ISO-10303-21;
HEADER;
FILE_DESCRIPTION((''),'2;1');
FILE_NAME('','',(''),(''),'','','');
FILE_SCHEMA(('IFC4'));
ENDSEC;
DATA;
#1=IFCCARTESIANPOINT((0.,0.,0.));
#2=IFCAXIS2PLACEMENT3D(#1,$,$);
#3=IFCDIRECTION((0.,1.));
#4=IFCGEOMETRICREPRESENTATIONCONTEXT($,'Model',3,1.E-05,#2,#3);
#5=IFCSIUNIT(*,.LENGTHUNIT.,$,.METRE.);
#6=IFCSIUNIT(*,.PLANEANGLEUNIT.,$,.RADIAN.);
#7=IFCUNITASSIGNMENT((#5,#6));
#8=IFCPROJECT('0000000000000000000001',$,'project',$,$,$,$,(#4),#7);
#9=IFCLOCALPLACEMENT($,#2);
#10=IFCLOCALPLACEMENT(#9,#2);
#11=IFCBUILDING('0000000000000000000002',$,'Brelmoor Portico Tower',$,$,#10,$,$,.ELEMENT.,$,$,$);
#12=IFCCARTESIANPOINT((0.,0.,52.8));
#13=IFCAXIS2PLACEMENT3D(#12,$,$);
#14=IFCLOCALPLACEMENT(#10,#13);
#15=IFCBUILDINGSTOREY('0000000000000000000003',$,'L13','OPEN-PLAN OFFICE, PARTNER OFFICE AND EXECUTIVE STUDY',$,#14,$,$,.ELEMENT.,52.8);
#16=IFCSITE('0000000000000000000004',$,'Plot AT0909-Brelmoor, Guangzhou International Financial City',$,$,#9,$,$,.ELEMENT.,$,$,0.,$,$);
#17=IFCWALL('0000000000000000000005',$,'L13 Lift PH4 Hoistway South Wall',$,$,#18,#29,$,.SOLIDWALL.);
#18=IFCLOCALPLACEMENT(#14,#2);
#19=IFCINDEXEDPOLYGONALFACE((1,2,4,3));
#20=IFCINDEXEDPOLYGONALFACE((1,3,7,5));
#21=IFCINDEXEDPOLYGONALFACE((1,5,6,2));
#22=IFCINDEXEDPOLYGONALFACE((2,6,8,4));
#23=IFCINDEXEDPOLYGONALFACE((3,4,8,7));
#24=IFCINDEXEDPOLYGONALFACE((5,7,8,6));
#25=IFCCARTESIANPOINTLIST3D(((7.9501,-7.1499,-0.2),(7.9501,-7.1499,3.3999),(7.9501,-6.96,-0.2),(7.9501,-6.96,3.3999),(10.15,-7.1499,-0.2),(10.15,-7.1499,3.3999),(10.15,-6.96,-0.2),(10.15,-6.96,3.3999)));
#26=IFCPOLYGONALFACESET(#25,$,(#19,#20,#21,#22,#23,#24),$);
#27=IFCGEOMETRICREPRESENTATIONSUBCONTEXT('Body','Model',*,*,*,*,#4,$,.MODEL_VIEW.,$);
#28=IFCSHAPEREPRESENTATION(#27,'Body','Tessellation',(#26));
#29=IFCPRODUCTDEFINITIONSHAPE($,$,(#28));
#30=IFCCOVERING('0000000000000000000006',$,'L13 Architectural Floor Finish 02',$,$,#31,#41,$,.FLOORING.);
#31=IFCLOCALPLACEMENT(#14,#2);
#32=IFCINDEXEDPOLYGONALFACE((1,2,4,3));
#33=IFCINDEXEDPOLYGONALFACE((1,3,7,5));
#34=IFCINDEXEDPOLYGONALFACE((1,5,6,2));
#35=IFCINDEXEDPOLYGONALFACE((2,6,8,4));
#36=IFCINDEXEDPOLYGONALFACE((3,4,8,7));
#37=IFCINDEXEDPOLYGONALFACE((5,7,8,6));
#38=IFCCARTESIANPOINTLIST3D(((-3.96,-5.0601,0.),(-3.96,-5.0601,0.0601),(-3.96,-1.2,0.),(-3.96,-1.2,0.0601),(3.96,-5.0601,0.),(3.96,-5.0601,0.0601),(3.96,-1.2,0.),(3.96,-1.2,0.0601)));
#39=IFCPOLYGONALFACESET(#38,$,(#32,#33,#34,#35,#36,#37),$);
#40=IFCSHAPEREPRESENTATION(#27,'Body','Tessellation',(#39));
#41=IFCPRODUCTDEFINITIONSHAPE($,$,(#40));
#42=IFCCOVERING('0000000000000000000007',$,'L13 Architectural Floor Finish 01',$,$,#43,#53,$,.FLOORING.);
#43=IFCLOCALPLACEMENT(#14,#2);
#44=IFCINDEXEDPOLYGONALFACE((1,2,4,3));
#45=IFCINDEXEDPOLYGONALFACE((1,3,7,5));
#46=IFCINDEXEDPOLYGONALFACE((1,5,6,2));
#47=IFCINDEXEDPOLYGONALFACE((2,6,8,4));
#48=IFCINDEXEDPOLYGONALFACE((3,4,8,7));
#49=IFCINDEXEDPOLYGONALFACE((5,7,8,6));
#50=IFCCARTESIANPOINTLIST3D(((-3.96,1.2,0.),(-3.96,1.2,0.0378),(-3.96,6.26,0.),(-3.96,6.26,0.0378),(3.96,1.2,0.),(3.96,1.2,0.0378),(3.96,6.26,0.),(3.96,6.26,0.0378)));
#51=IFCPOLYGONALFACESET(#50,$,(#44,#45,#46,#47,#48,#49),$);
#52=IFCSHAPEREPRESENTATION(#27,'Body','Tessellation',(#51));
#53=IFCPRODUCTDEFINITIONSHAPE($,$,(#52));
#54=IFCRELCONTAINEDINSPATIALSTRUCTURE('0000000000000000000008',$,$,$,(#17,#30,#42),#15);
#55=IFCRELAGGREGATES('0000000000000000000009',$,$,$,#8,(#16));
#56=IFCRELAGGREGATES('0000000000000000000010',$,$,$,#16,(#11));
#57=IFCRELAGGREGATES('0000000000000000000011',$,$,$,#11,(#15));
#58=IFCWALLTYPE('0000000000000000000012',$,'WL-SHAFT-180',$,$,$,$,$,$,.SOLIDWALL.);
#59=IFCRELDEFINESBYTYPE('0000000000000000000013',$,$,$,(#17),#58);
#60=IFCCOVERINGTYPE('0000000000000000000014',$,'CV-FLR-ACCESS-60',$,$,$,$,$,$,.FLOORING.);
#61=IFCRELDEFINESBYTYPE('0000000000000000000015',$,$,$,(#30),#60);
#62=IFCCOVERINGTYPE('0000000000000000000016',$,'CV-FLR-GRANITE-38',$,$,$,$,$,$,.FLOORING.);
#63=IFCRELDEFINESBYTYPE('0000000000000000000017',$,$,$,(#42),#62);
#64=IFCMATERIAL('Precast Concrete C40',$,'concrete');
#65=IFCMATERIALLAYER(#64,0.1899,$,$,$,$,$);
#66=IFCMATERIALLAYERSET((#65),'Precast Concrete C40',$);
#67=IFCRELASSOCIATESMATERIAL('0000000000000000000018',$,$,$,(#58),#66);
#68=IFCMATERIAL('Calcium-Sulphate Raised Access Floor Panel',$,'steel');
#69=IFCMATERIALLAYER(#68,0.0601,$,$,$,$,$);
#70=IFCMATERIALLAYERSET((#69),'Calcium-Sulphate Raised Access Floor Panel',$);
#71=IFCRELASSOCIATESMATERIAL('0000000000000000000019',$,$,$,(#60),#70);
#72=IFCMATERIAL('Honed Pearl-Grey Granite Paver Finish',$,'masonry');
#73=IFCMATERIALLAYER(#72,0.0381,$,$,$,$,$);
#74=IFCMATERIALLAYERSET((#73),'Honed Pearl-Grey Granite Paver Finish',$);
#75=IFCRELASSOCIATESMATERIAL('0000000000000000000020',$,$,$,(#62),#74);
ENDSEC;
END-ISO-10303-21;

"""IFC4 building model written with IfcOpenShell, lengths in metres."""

from ifc_helpers import new_model, si_unit, direction, frame, frame_2d, origin, place, context, subcontext, project, spatial, polyline, rectangle, outline, extrude, material, layer, layer_set, type_object, element, save


model = new_model("IFC4")

# Units and contexts
model_context = context("Model", 3, precision=1e-05, world=origin(), true_north=direction((0.0, 1.0)))
body_context = subcontext(model_context, "Body", "Model", "MODEL_VIEW")
ifc_project = project(units=[si_unit("LENGTHUNIT", "METRE"), si_unit("PLANEANGLEUNIT", "RADIAN")], contexts=[model_context])

# Site, building, storey
site_placement = place(None, origin())
site = spatial("IfcSite", under=ifc_project, at=site_placement, Name="Plot AT0909-Brelmoor, Guangzhou International Financial City", CompositionType="ELEMENT", RefElevation=0.0)
building_placement = place(site_placement, origin())
building = spatial("IfcBuilding", under=site, at=building_placement, Name="Brelmoor Portico Tower", CompositionType="ELEMENT")
storey_placement = place(building_placement, frame((0.0, 0.0, 52.8)))
storey = spatial("IfcBuildingStorey", under=building, at=storey_placement, Name="L13", Description="OPEN-PLAN OFFICE, PARTNER OFFICE AND EXECUTIVE STUDY", CompositionType="ELEMENT", Elevation=52.8)

# Wall
ifc_material_1 = material(Name="Precast Concrete C40", Category="concrete")
ifc_layer_1 = layer(ifc_material_1, 0.1899)
ifc_layer_set_1 = layer_set([ifc_layer_1], Name="Precast Concrete C40")
wall_type_1 = type_object("IfcWallType", Name="WL-SHAFT-180", PredefinedType="SOLIDWALL", material=ifc_layer_set_1)
for number, where, z_axis, x_axis, name in (
    (1, (7.95, -7.0549, -0.2), (0.0, 0.0, 1.0), (1.0, 0.0, 0.0), "L13 Lift PH4 Hoistway South Wall"),
):
    element("IfcWall", number, at=place(storey_placement, frame(where, z_axis=z_axis, x_axis=x_axis)), inside=storey, type_object=wall_type_1, Name=name, PredefinedType="SOLIDWALL", context=body_context, shape_type="SweptSolid", body=[
        extrude(rectangle(XDim=2.2, YDim=0.1899, at=frame_2d((1.1001, 0.0))), origin(), (0.0, 0.0, 1.0), 3.5999),
    ])

# Coverings
ifc_material_2 = material(Name="Calcium-Sulphate Raised Access Floor Panel", Category="steel")
ifc_layer_2 = layer(ifc_material_2, 0.0601)
ifc_layer_set_2 = layer_set([ifc_layer_2], Name="Calcium-Sulphate Raised Access Floor Panel")
covering_type_1 = type_object("IfcCoveringType", Name="CV-FLR-ACCESS-60", PredefinedType="FLOORING", material=ifc_layer_set_2)
covering_1_placement = place(storey_placement, origin())
element("IfcCovering", 2, at=covering_1_placement, inside=storey, type_object=covering_type_1, Name="L13 Architectural Floor Finish 02", PredefinedType="FLOORING", context=body_context, shape_type="SweptSolid", body=[
    extrude(outline(polyline([(-3.96, -5.0601), (-3.96, -1.2), (3.96, -1.2), (3.96, -5.0601), (-3.96, -5.0601)])), origin(), (0.0, 0.0, 1.0), 0.0601),
])
ifc_material_3 = material(Name="Honed Pearl-Grey Granite Paver Finish", Category="masonry")
ifc_layer_3 = layer(ifc_material_3, 0.0381)
ifc_layer_set_3 = layer_set([ifc_layer_3], Name="Honed Pearl-Grey Granite Paver Finish")
covering_type_2 = type_object("IfcCoveringType", Name="CV-FLR-GRANITE-38", PredefinedType="FLOORING", material=ifc_layer_set_3)
covering_2_placement = place(storey_placement, origin())
element("IfcCovering", 3, at=covering_2_placement, inside=storey, type_object=covering_type_2, Name="L13 Architectural Floor Finish 01", PredefinedType="FLOORING", context=body_context, shape_type="SweptSolid", body=[
    extrude(outline(polyline([(-3.96, 1.2), (-3.96, 6.26), (3.96, 6.26), (3.96, 1.2), (-3.96, 1.2)])), origin(), (0.0, 0.0, 1.0), 0.0378),
])

save(model, "model.ifc")
